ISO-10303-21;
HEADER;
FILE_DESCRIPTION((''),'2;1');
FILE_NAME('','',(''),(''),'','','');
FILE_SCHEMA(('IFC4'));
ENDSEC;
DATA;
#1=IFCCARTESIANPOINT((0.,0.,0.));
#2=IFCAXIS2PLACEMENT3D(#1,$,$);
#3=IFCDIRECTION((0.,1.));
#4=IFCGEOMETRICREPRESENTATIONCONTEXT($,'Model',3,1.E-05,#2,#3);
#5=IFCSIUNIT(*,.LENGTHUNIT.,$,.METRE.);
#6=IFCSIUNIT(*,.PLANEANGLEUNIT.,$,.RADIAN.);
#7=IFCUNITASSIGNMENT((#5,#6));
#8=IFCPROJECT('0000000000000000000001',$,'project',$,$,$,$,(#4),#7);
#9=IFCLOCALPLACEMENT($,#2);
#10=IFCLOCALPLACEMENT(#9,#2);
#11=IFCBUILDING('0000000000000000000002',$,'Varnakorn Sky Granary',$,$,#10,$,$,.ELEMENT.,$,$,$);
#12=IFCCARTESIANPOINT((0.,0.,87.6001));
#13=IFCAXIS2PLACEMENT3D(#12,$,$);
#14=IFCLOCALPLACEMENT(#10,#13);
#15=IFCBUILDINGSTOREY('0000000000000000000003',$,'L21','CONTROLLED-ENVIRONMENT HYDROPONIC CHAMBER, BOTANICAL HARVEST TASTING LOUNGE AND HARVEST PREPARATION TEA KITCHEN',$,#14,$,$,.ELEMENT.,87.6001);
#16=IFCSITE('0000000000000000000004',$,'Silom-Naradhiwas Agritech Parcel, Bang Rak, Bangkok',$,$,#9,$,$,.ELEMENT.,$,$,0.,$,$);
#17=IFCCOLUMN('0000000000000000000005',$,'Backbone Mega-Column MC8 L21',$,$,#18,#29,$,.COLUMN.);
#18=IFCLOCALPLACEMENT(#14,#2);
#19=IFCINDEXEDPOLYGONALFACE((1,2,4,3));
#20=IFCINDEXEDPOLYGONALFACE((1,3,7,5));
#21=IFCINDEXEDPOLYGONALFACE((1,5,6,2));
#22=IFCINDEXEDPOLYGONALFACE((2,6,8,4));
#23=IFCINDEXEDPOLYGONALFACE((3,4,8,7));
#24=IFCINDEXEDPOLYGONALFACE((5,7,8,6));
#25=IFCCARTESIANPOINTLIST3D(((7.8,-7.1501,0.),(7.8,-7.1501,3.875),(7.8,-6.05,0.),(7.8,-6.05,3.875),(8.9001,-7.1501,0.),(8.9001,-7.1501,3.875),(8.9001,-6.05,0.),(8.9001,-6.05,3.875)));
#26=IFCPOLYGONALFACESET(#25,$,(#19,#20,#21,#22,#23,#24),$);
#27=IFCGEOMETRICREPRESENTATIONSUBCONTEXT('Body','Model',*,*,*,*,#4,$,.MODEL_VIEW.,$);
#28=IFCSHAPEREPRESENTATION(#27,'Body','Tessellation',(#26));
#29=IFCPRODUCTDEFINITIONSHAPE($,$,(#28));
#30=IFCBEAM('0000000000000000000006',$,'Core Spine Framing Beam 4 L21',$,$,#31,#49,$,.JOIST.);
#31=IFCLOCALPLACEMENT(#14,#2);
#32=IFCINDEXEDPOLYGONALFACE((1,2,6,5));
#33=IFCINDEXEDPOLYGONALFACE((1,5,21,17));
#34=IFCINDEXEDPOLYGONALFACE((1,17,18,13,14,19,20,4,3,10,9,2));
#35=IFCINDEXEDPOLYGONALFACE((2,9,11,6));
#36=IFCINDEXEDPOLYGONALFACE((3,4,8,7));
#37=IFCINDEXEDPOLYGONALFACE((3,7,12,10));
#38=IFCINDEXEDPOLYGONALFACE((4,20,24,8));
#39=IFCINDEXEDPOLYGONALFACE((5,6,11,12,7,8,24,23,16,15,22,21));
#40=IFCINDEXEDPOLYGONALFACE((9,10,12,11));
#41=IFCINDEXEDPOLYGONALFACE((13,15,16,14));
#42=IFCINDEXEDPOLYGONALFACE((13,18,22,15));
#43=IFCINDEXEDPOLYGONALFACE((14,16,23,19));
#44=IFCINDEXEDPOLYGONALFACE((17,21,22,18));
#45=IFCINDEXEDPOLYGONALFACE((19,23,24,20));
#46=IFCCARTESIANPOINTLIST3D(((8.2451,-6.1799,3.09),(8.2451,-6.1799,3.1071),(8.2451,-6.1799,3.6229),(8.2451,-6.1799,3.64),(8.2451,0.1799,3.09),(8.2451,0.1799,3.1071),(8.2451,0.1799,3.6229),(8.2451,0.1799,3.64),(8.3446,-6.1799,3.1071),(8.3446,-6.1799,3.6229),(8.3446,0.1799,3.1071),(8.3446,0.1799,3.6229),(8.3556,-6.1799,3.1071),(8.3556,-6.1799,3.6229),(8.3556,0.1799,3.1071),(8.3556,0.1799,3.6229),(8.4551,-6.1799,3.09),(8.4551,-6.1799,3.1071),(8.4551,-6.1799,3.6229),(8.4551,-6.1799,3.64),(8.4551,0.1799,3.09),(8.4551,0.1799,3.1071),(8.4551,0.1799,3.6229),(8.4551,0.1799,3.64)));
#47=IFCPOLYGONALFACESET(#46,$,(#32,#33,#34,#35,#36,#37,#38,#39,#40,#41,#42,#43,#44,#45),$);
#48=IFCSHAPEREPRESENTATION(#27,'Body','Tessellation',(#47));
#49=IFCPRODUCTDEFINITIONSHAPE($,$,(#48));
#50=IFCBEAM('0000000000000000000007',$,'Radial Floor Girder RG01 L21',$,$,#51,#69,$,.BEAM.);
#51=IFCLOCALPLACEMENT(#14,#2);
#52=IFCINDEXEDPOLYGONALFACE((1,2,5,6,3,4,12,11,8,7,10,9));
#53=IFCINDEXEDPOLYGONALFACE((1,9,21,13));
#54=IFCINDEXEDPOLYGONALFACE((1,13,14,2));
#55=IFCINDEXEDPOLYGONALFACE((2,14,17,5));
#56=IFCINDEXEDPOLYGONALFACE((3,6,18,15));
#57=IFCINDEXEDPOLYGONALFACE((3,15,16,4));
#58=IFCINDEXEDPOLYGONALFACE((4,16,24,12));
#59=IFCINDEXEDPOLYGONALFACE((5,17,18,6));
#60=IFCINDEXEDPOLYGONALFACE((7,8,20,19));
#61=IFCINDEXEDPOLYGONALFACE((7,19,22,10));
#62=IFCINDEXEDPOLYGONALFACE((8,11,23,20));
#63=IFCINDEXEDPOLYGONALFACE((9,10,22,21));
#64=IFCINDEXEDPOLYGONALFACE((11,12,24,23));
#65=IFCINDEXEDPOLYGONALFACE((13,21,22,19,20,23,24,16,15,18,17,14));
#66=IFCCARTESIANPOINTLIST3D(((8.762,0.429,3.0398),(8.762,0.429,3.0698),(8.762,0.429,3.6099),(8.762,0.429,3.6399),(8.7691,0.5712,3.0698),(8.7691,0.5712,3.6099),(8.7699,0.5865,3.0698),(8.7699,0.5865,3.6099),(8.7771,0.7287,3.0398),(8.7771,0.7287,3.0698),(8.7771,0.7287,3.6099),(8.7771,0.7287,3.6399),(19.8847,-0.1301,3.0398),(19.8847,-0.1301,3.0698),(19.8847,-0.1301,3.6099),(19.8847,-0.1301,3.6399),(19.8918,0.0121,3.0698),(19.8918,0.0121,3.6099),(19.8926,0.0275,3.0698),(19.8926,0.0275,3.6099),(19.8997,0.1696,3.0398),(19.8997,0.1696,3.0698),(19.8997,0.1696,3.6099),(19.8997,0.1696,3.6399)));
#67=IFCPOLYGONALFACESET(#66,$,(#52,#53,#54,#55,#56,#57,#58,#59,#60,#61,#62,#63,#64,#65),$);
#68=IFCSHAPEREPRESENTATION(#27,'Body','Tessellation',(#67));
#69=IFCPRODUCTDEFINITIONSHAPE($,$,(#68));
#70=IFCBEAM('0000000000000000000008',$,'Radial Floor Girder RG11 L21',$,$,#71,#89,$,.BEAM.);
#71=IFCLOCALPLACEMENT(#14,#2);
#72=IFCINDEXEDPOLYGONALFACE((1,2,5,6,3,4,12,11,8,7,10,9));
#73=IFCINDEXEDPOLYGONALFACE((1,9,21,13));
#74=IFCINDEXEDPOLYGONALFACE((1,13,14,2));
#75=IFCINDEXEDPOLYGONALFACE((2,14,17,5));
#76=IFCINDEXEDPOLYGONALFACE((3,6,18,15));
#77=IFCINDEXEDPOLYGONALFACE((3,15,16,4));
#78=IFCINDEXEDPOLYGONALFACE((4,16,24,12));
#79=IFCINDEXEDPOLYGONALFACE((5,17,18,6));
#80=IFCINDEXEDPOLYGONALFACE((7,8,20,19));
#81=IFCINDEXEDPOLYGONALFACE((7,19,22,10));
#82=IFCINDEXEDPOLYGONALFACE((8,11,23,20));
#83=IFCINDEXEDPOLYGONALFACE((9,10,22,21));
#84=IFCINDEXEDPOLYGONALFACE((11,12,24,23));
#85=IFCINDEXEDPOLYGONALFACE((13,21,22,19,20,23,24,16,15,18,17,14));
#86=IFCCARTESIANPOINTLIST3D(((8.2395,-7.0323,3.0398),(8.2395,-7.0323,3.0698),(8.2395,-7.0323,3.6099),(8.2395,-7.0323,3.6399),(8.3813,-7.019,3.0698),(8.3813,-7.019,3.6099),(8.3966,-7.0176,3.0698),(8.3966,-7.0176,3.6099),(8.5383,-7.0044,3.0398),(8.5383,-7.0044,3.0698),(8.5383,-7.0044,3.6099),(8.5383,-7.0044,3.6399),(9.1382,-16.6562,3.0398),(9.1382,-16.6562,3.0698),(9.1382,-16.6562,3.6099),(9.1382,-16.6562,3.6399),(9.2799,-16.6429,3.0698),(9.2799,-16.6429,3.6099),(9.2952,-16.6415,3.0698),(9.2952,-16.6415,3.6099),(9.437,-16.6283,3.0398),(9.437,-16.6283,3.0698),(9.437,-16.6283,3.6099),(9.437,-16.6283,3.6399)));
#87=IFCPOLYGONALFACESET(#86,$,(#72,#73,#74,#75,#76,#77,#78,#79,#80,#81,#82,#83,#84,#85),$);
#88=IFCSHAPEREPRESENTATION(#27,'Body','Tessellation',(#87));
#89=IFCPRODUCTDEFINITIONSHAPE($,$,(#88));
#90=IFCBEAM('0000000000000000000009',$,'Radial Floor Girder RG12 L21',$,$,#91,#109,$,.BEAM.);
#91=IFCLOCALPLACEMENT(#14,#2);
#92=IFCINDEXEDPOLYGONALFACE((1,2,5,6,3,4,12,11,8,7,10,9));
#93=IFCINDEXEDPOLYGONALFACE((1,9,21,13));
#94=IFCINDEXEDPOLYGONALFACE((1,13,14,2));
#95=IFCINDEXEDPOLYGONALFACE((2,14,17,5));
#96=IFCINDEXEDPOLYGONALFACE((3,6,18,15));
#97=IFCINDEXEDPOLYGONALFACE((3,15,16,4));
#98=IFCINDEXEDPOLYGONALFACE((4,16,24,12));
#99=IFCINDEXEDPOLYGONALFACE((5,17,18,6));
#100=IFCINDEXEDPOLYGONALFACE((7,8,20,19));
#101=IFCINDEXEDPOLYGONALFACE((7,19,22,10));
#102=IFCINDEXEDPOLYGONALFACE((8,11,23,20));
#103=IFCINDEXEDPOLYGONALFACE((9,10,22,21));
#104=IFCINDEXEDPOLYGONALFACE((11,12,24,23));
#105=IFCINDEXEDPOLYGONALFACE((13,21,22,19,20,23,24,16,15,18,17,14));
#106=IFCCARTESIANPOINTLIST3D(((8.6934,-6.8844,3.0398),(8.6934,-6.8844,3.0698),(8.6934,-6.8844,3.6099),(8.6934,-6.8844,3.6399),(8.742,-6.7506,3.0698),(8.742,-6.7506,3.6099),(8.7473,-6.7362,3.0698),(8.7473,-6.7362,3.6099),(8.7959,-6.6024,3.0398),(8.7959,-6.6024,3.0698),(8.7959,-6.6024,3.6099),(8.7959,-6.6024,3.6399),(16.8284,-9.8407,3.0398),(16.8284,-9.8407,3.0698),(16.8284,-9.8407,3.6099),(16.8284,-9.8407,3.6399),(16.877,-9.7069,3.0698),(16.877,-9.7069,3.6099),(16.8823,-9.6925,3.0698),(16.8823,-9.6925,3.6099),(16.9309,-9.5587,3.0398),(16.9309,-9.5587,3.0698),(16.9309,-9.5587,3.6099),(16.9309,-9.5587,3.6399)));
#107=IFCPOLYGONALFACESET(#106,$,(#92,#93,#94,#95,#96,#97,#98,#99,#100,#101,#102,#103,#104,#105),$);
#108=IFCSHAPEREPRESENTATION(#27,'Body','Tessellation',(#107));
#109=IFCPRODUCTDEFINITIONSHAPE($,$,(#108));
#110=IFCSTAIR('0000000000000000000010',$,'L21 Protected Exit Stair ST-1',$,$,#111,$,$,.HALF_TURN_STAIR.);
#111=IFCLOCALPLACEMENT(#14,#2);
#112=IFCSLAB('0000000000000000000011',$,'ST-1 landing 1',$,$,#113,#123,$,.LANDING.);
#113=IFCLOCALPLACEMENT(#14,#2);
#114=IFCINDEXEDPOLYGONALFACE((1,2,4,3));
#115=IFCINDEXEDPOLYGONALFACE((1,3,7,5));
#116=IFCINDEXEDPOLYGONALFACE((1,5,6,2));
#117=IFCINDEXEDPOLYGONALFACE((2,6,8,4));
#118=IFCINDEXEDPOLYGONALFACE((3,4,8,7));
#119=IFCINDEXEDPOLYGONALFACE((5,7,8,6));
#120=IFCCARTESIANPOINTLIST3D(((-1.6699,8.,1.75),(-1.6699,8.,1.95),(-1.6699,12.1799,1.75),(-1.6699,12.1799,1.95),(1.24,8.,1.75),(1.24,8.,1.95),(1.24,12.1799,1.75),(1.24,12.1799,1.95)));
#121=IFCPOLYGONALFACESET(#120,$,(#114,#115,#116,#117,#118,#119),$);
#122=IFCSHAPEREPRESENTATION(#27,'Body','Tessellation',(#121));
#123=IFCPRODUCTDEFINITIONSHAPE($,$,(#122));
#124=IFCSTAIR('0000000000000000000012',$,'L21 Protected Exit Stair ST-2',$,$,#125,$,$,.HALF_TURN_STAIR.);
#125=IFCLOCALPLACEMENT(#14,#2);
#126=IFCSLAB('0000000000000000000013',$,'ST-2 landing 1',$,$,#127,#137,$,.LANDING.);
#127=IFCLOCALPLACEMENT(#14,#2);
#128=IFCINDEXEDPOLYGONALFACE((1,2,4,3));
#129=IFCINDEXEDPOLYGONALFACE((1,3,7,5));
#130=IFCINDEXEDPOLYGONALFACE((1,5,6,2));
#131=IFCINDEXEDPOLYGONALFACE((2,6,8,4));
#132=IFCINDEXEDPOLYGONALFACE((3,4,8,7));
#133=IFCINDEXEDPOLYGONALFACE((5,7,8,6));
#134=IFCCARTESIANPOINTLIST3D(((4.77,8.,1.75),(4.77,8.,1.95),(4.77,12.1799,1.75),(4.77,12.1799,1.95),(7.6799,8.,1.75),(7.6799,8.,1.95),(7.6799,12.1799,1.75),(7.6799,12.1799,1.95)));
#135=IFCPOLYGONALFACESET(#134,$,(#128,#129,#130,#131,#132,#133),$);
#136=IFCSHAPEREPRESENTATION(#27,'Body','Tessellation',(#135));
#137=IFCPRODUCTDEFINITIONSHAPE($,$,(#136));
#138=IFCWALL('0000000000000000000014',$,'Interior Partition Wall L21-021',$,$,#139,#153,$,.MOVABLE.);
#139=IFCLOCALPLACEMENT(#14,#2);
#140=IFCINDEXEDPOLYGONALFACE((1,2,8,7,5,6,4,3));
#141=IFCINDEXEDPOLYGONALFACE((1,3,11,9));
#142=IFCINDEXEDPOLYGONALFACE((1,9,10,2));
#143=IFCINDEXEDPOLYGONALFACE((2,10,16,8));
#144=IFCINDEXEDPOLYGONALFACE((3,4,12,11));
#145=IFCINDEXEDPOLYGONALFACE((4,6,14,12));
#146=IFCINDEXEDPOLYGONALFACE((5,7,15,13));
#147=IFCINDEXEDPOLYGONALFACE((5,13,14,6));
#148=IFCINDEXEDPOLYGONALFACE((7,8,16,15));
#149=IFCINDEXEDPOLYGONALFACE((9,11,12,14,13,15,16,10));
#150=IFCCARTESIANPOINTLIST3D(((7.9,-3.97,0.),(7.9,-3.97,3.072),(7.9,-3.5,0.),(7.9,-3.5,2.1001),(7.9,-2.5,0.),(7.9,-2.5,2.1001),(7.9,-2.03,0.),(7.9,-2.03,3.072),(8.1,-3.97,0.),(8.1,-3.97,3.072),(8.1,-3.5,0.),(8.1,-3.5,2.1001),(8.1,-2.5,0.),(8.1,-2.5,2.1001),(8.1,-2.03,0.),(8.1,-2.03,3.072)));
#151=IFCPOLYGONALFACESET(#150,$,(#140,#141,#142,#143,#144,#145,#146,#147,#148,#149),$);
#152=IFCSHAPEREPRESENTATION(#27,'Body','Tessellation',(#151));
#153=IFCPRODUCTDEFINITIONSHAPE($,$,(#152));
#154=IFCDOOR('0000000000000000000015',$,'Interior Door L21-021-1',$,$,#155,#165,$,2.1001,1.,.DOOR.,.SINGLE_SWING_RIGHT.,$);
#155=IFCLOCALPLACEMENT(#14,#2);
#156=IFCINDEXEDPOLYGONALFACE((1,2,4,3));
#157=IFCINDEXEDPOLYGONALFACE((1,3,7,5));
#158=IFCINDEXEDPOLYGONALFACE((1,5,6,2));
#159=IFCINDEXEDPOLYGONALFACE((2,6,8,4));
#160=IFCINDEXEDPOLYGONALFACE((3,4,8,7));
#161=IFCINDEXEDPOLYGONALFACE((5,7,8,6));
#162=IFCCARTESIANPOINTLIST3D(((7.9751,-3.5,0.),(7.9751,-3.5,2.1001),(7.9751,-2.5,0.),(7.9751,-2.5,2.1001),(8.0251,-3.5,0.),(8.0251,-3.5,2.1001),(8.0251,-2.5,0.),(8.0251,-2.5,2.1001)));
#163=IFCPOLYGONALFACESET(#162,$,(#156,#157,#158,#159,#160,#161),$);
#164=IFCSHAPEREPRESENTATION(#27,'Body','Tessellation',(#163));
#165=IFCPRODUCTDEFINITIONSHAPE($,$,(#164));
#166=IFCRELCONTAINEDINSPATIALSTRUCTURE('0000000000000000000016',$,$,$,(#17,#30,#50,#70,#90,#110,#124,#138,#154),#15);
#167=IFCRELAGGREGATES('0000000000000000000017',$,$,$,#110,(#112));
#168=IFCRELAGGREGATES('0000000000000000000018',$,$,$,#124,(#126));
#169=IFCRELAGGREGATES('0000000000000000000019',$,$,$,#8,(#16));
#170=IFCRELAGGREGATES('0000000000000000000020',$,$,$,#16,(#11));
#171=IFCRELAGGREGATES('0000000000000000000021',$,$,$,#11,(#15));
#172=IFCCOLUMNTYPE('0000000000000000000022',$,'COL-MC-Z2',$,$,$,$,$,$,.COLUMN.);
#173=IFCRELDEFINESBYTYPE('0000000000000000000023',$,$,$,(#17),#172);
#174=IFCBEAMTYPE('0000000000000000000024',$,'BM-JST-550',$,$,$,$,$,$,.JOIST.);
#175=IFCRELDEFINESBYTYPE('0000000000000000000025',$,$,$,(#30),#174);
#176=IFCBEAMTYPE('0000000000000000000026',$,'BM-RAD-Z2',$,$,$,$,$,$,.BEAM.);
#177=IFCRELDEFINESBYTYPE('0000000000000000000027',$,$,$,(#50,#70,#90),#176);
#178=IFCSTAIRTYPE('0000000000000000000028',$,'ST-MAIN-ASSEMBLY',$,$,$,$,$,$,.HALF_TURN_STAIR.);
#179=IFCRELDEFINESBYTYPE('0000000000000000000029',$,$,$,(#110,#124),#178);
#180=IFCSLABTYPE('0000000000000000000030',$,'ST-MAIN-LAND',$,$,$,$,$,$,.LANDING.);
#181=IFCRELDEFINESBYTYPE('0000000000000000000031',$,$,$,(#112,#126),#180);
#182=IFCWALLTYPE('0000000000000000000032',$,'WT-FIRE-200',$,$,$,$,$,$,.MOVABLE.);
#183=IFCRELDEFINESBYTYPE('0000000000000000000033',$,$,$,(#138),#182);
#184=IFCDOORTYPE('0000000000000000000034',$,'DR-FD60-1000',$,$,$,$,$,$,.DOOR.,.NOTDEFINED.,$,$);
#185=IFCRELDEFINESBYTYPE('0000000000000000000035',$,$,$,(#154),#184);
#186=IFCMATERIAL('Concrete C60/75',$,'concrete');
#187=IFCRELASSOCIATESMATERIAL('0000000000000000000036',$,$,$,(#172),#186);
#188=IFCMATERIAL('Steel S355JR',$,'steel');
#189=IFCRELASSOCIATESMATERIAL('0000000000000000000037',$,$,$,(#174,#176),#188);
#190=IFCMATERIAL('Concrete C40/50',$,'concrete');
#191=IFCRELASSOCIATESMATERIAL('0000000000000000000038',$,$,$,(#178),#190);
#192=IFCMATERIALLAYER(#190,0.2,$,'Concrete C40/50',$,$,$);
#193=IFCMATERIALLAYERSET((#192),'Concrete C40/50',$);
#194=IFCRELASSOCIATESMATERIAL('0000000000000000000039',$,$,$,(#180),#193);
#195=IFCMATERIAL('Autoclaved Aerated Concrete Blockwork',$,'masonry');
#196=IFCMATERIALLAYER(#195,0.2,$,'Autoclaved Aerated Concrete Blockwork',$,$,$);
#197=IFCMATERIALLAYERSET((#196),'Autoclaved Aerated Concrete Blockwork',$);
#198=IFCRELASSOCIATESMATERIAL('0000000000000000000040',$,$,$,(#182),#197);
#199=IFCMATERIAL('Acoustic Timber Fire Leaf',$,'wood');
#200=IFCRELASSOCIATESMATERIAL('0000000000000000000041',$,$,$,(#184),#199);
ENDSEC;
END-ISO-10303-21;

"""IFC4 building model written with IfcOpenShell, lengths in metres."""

from ifc_helpers import new_model, si_unit, direction, frame, frame_2d, origin, origin_2d, place, context, subcontext, project, spatial, polyline, rectangle, i_section, outline, extrude, material, layer, layer_set, material_profile, profile_set, type_object, element, fill, aggregate, save


model = new_model("IFC4")

# Units and contexts
model_context = context("Model", 3, precision=1e-05, world=origin(), true_north=direction((0.0, 1.0)))
body_context = subcontext(model_context, "Body", "Model", "MODEL_VIEW")
ifc_project = project(units=[si_unit("LENGTHUNIT", "METRE"), si_unit("PLANEANGLEUNIT", "RADIAN")], contexts=[model_context])

# Site, building, storey
site_placement = place(None, origin())
site = spatial("IfcSite", under=ifc_project, at=site_placement, Name="Silom-Naradhiwas Agritech Parcel, Bang Rak, Bangkok", CompositionType="ELEMENT", RefElevation=0.0)
building_placement = place(site_placement, origin())
building = spatial("IfcBuilding", under=site, at=building_placement, Name="Varnakorn Sky Granary", CompositionType="ELEMENT")
storey_placement = place(building_placement, frame((0.0, 0.0, 87.6001)))
storey = spatial("IfcBuildingStorey", under=building, at=storey_placement, Name="L21", Description="CONTROLLED-ENVIRONMENT HYDROPONIC CHAMBER, BOTANICAL HARVEST TASTING LOUNGE AND HARVEST PREPARATION TEA KITCHEN", CompositionType="ELEMENT", Elevation=87.6001)

# Column
ifc_material_1 = material(Name="Concrete C60/75", Category="concrete")
ifc_material_profile_1 = material_profile(ifc_material_1, rectangle(XDim=1.1001, YDim=1.1001, at=origin_2d()), Name="RC 1100x1100")
ifc_profile_set_1 = profile_set([ifc_material_profile_1], Name="Concrete C60/75")
column_type = type_object("IfcColumnType", Name="COL-MC-Z2", PredefinedType="COLUMN", material=ifc_profile_set_1)
column_placement = place(storey_placement, frame((8.3501, -6.6001, 0.0), z_axis=(0.0, 0.0, 1.0), x_axis=(1.0, 0.0, 0.0)))
element("IfcColumn", 1, at=column_placement, inside=storey, type_object=column_type, Name="Backbone Mega-Column MC8 L21", PredefinedType="COLUMN", context=body_context, shape_type="SweptSolid", body=[
    extrude(rectangle(XDim=1.1001, YDim=1.1001, at=origin_2d()), origin(), (0.0, 0.0, 1.0), 3.875),
])

# Beams
ifc_material_2 = material(Name="Steel S355JR", Category="steel")
ifc_material_profile_2 = material_profile(ifc_material_2, i_section(OverallWidth=0.21, OverallDepth=0.55, WebThickness=0.011, FlangeThickness=0.0171, at=origin_2d()), Name="IPE 550")
ifc_profile_set_2 = profile_set([ifc_material_profile_2], Name="Steel S355JR")
beam_type_1 = type_object("IfcBeamType", Name="BM-JST-550", PredefinedType="JOIST", material=ifc_profile_set_2)
beam_1_placement = place(storey_placement, frame((8.3501, 0.1799, 3.365), z_axis=(0.0, -1.0, 0.0), x_axis=(1.0, 0.0, 0.0)))
element("IfcBeam", 2, at=beam_1_placement, inside=storey, type_object=beam_type_1, Name="Core Spine Framing Beam 4 L21", PredefinedType="JOIST", context=body_context, shape_type="SweptSolid", body=[
    extrude(i_section(OverallWidth=0.21, OverallDepth=0.55, WebThickness=0.011, FlangeThickness=0.0171, at=origin_2d()), origin(), (0.0, 0.0, 1.0), 6.3599),
])
ifc_material_profile_3 = material_profile(ifc_material_2, i_section(OverallWidth=0.3, OverallDepth=0.6001, WebThickness=0.0154, FlangeThickness=0.03, at=origin_2d()), Name="HE 600 B")
ifc_profile_set_3 = profile_set([ifc_material_profile_3], Name="Steel S355JR")
beam_type_2 = type_object("IfcBeamType", Name="BM-RAD-Z2", PredefinedType="BEAM", material=ifc_profile_set_3)
beam_2_placement = place(storey_placement, frame((8.7695, 0.5789, 3.3398), z_axis=(0.998739, -0.050202, 0.0), x_axis=(0.050202, 0.998739, 0.0)))
element("IfcBeam", 3, at=beam_2_placement, inside=storey, type_object=beam_type_2, Name="Radial Floor Girder RG01 L21", PredefinedType="BEAM", context=body_context, shape_type="SweptSolid", body=[
    extrude(i_section(OverallWidth=0.3, OverallDepth=0.6001, WebThickness=0.0154, FlangeThickness=0.03, at=origin_2d()), origin(), (0.0, 0.0, 1.0), 11.1367),
])
beam_3_placement = place(storey_placement, frame((8.3889, -7.0183, 3.3398), z_axis=(0.092975, -0.995668, 0.0), x_axis=(0.995668, 0.092975, 0.0)))
element("IfcBeam", 4, at=beam_3_placement, inside=storey, type_object=beam_type_2, Name="Radial Floor Girder RG11 L21", PredefinedType="BEAM", context=body_context, shape_type="SweptSolid", body=[
    extrude(i_section(OverallWidth=0.3, OverallDepth=0.6001, WebThickness=0.0154, FlangeThickness=0.03, at=origin_2d()), origin(), (0.0, 0.0, 1.0), 9.6658),
])
beam_4_placement = place(storey_placement, frame((8.7446, -6.7434, 3.3398), z_axis=(0.939863, -0.341551, 0.0), x_axis=(0.341551, 0.939863, 0.0)))
element("IfcBeam", 5, at=beam_4_placement, inside=storey, type_object=beam_type_2, Name="Radial Floor Girder RG12 L21", PredefinedType="BEAM", context=body_context, shape_type="SweptSolid", body=[
    extrude(i_section(OverallWidth=0.3, OverallDepth=0.6001, WebThickness=0.0154, FlangeThickness=0.03, at=origin_2d()), origin(), (0.0, 0.0, 1.0), 8.6555),
])

# Stairs, slabs
ifc_material_3 = material(Name="Concrete C40/50", Category="concrete")
stair_type = type_object("IfcStairType", Name="ST-MAIN-ASSEMBLY", PredefinedType="HALF_TURN_STAIR", material=ifc_material_3)
stair_1_placement = place(storey_placement, origin())
stair_1 = element("IfcStair", 6, at=stair_1_placement, inside=storey, type_object=stair_type, Name="L21 Protected Exit Stair ST-1", PredefinedType="HALF_TURN_STAIR")
ifc_layer_1 = layer(ifc_material_3, 0.2, Name="Concrete C40/50")
ifc_layer_set_1 = layer_set([ifc_layer_1], Name="Concrete C40/50")
slab_type = type_object("IfcSlabType", Name="ST-MAIN-LAND", PredefinedType="LANDING", material=ifc_layer_set_1)
slab_1_placement = place(storey_placement, frame((0.0, 0.0, 1.75)))
slab_1 = element("IfcSlab", 7, at=slab_1_placement, type_object=slab_type, Name="ST-1 landing 1", PredefinedType="LANDING", context=body_context, shape_type="SweptSolid", body=[
    extrude(outline(polyline([(1.24, 8.0), (1.24, 12.1799), (-1.6699, 12.1799), (-1.6699, 8.0), (1.24, 8.0)])), origin(), (0.0, 0.0, 1.0), 0.2),
])
aggregate(stair_1, [slab_1])
stair_2_placement = place(storey_placement, origin())
stair_2 = element("IfcStair", 8, at=stair_2_placement, inside=storey, type_object=stair_type, Name="L21 Protected Exit Stair ST-2", PredefinedType="HALF_TURN_STAIR")
slab_2_placement = place(storey_placement, frame((0.0, 0.0, 1.75)))
slab_2 = element("IfcSlab", 9, at=slab_2_placement, type_object=slab_type, Name="ST-2 landing 1", PredefinedType="LANDING", context=body_context, shape_type="SweptSolid", body=[
    extrude(outline(polyline([(7.6799, 8.0), (7.6799, 12.1799), (4.77, 12.1799), (4.77, 8.0), (7.6799, 8.0)])), origin(), (0.0, 0.0, 1.0), 0.2),
])
aggregate(stair_2, [slab_2])

# Wall, opening, door
ifc_material_4 = material(Name="Autoclaved Aerated Concrete Blockwork", Category="masonry")
ifc_layer_2 = layer(ifc_material_4, 0.2, Name="Autoclaved Aerated Concrete Blockwork")
ifc_layer_set_2 = layer_set([ifc_layer_2], Name="Autoclaved Aerated Concrete Blockwork")
wall_type_1 = type_object("IfcWallType", Name="WT-FIRE-200", PredefinedType="MOVABLE", material=ifc_layer_set_2)
wall_1_placement = place(storey_placement, frame((8.0, -3.97, 0.0), z_axis=(0.0, 0.0, 1.0), x_axis=(0.0, 1.0, 0.0)))
wall_1 = element("IfcWall", 10, at=wall_1_placement, inside=storey, type_object=wall_type_1, Name="Interior Partition Wall L21-021", PredefinedType="MOVABLE", context=body_context, shape_type="SweptSolid", body=[
    extrude(rectangle(XDim=1.9399, YDim=0.2, at=frame_2d((0.97, 0.0))), origin(), (0.0, 0.0, 1.0), 3.072),
])
opening_1_placement = place(wall_1_placement, frame((0.47, 0.0, 0.0)))
opening_1 = element("IfcOpeningElement", 11, at=opening_1_placement, cuts=wall_1, PredefinedType="OPENING", context=body_context, shape_type="SweptSolid", body=[
    extrude(rectangle(XDim=1.0, YDim=2.1001, at=frame_2d((0.5, 1.05))), frame((0.0, 0.1099, 0.0), z_axis=(0.0, -1.0, 0.0), x_axis=(1.0, 0.0, 0.0)), (0.0, 0.0, 1.0), 0.22),
])
ifc_material_5 = material(Name="Acoustic Timber Fire Leaf", Category="wood")
door_type_1 = type_object("IfcDoorType", Name="DR-FD60-1000", OperationType="NOTDEFINED", PredefinedType="DOOR", material=ifc_material_5)
door_1_placement = place(opening_1_placement, origin())
door_1 = element("IfcDoor", 12, at=door_1_placement, inside=storey, type_object=door_type_1, Name="Interior Door L21-021-1", OperationType="SINGLE_SWING_RIGHT", OverallHeight=2.1001, OverallWidth=1.0, PredefinedType="DOOR", context=body_context, shape_type="SweptSolid", body=[
    extrude(rectangle(XDim=1.0, YDim=2.1001, at=frame_2d((0.5, 1.05))), frame((0.0, 0.0249, 0.0), z_axis=(0.0, -1.0, 0.0), x_axis=(1.0, 0.0, 0.0)), (0.0, 0.0, 1.0), 0.05),
])
fill(opening_1, door_1)

save(model, "model.ifc")
